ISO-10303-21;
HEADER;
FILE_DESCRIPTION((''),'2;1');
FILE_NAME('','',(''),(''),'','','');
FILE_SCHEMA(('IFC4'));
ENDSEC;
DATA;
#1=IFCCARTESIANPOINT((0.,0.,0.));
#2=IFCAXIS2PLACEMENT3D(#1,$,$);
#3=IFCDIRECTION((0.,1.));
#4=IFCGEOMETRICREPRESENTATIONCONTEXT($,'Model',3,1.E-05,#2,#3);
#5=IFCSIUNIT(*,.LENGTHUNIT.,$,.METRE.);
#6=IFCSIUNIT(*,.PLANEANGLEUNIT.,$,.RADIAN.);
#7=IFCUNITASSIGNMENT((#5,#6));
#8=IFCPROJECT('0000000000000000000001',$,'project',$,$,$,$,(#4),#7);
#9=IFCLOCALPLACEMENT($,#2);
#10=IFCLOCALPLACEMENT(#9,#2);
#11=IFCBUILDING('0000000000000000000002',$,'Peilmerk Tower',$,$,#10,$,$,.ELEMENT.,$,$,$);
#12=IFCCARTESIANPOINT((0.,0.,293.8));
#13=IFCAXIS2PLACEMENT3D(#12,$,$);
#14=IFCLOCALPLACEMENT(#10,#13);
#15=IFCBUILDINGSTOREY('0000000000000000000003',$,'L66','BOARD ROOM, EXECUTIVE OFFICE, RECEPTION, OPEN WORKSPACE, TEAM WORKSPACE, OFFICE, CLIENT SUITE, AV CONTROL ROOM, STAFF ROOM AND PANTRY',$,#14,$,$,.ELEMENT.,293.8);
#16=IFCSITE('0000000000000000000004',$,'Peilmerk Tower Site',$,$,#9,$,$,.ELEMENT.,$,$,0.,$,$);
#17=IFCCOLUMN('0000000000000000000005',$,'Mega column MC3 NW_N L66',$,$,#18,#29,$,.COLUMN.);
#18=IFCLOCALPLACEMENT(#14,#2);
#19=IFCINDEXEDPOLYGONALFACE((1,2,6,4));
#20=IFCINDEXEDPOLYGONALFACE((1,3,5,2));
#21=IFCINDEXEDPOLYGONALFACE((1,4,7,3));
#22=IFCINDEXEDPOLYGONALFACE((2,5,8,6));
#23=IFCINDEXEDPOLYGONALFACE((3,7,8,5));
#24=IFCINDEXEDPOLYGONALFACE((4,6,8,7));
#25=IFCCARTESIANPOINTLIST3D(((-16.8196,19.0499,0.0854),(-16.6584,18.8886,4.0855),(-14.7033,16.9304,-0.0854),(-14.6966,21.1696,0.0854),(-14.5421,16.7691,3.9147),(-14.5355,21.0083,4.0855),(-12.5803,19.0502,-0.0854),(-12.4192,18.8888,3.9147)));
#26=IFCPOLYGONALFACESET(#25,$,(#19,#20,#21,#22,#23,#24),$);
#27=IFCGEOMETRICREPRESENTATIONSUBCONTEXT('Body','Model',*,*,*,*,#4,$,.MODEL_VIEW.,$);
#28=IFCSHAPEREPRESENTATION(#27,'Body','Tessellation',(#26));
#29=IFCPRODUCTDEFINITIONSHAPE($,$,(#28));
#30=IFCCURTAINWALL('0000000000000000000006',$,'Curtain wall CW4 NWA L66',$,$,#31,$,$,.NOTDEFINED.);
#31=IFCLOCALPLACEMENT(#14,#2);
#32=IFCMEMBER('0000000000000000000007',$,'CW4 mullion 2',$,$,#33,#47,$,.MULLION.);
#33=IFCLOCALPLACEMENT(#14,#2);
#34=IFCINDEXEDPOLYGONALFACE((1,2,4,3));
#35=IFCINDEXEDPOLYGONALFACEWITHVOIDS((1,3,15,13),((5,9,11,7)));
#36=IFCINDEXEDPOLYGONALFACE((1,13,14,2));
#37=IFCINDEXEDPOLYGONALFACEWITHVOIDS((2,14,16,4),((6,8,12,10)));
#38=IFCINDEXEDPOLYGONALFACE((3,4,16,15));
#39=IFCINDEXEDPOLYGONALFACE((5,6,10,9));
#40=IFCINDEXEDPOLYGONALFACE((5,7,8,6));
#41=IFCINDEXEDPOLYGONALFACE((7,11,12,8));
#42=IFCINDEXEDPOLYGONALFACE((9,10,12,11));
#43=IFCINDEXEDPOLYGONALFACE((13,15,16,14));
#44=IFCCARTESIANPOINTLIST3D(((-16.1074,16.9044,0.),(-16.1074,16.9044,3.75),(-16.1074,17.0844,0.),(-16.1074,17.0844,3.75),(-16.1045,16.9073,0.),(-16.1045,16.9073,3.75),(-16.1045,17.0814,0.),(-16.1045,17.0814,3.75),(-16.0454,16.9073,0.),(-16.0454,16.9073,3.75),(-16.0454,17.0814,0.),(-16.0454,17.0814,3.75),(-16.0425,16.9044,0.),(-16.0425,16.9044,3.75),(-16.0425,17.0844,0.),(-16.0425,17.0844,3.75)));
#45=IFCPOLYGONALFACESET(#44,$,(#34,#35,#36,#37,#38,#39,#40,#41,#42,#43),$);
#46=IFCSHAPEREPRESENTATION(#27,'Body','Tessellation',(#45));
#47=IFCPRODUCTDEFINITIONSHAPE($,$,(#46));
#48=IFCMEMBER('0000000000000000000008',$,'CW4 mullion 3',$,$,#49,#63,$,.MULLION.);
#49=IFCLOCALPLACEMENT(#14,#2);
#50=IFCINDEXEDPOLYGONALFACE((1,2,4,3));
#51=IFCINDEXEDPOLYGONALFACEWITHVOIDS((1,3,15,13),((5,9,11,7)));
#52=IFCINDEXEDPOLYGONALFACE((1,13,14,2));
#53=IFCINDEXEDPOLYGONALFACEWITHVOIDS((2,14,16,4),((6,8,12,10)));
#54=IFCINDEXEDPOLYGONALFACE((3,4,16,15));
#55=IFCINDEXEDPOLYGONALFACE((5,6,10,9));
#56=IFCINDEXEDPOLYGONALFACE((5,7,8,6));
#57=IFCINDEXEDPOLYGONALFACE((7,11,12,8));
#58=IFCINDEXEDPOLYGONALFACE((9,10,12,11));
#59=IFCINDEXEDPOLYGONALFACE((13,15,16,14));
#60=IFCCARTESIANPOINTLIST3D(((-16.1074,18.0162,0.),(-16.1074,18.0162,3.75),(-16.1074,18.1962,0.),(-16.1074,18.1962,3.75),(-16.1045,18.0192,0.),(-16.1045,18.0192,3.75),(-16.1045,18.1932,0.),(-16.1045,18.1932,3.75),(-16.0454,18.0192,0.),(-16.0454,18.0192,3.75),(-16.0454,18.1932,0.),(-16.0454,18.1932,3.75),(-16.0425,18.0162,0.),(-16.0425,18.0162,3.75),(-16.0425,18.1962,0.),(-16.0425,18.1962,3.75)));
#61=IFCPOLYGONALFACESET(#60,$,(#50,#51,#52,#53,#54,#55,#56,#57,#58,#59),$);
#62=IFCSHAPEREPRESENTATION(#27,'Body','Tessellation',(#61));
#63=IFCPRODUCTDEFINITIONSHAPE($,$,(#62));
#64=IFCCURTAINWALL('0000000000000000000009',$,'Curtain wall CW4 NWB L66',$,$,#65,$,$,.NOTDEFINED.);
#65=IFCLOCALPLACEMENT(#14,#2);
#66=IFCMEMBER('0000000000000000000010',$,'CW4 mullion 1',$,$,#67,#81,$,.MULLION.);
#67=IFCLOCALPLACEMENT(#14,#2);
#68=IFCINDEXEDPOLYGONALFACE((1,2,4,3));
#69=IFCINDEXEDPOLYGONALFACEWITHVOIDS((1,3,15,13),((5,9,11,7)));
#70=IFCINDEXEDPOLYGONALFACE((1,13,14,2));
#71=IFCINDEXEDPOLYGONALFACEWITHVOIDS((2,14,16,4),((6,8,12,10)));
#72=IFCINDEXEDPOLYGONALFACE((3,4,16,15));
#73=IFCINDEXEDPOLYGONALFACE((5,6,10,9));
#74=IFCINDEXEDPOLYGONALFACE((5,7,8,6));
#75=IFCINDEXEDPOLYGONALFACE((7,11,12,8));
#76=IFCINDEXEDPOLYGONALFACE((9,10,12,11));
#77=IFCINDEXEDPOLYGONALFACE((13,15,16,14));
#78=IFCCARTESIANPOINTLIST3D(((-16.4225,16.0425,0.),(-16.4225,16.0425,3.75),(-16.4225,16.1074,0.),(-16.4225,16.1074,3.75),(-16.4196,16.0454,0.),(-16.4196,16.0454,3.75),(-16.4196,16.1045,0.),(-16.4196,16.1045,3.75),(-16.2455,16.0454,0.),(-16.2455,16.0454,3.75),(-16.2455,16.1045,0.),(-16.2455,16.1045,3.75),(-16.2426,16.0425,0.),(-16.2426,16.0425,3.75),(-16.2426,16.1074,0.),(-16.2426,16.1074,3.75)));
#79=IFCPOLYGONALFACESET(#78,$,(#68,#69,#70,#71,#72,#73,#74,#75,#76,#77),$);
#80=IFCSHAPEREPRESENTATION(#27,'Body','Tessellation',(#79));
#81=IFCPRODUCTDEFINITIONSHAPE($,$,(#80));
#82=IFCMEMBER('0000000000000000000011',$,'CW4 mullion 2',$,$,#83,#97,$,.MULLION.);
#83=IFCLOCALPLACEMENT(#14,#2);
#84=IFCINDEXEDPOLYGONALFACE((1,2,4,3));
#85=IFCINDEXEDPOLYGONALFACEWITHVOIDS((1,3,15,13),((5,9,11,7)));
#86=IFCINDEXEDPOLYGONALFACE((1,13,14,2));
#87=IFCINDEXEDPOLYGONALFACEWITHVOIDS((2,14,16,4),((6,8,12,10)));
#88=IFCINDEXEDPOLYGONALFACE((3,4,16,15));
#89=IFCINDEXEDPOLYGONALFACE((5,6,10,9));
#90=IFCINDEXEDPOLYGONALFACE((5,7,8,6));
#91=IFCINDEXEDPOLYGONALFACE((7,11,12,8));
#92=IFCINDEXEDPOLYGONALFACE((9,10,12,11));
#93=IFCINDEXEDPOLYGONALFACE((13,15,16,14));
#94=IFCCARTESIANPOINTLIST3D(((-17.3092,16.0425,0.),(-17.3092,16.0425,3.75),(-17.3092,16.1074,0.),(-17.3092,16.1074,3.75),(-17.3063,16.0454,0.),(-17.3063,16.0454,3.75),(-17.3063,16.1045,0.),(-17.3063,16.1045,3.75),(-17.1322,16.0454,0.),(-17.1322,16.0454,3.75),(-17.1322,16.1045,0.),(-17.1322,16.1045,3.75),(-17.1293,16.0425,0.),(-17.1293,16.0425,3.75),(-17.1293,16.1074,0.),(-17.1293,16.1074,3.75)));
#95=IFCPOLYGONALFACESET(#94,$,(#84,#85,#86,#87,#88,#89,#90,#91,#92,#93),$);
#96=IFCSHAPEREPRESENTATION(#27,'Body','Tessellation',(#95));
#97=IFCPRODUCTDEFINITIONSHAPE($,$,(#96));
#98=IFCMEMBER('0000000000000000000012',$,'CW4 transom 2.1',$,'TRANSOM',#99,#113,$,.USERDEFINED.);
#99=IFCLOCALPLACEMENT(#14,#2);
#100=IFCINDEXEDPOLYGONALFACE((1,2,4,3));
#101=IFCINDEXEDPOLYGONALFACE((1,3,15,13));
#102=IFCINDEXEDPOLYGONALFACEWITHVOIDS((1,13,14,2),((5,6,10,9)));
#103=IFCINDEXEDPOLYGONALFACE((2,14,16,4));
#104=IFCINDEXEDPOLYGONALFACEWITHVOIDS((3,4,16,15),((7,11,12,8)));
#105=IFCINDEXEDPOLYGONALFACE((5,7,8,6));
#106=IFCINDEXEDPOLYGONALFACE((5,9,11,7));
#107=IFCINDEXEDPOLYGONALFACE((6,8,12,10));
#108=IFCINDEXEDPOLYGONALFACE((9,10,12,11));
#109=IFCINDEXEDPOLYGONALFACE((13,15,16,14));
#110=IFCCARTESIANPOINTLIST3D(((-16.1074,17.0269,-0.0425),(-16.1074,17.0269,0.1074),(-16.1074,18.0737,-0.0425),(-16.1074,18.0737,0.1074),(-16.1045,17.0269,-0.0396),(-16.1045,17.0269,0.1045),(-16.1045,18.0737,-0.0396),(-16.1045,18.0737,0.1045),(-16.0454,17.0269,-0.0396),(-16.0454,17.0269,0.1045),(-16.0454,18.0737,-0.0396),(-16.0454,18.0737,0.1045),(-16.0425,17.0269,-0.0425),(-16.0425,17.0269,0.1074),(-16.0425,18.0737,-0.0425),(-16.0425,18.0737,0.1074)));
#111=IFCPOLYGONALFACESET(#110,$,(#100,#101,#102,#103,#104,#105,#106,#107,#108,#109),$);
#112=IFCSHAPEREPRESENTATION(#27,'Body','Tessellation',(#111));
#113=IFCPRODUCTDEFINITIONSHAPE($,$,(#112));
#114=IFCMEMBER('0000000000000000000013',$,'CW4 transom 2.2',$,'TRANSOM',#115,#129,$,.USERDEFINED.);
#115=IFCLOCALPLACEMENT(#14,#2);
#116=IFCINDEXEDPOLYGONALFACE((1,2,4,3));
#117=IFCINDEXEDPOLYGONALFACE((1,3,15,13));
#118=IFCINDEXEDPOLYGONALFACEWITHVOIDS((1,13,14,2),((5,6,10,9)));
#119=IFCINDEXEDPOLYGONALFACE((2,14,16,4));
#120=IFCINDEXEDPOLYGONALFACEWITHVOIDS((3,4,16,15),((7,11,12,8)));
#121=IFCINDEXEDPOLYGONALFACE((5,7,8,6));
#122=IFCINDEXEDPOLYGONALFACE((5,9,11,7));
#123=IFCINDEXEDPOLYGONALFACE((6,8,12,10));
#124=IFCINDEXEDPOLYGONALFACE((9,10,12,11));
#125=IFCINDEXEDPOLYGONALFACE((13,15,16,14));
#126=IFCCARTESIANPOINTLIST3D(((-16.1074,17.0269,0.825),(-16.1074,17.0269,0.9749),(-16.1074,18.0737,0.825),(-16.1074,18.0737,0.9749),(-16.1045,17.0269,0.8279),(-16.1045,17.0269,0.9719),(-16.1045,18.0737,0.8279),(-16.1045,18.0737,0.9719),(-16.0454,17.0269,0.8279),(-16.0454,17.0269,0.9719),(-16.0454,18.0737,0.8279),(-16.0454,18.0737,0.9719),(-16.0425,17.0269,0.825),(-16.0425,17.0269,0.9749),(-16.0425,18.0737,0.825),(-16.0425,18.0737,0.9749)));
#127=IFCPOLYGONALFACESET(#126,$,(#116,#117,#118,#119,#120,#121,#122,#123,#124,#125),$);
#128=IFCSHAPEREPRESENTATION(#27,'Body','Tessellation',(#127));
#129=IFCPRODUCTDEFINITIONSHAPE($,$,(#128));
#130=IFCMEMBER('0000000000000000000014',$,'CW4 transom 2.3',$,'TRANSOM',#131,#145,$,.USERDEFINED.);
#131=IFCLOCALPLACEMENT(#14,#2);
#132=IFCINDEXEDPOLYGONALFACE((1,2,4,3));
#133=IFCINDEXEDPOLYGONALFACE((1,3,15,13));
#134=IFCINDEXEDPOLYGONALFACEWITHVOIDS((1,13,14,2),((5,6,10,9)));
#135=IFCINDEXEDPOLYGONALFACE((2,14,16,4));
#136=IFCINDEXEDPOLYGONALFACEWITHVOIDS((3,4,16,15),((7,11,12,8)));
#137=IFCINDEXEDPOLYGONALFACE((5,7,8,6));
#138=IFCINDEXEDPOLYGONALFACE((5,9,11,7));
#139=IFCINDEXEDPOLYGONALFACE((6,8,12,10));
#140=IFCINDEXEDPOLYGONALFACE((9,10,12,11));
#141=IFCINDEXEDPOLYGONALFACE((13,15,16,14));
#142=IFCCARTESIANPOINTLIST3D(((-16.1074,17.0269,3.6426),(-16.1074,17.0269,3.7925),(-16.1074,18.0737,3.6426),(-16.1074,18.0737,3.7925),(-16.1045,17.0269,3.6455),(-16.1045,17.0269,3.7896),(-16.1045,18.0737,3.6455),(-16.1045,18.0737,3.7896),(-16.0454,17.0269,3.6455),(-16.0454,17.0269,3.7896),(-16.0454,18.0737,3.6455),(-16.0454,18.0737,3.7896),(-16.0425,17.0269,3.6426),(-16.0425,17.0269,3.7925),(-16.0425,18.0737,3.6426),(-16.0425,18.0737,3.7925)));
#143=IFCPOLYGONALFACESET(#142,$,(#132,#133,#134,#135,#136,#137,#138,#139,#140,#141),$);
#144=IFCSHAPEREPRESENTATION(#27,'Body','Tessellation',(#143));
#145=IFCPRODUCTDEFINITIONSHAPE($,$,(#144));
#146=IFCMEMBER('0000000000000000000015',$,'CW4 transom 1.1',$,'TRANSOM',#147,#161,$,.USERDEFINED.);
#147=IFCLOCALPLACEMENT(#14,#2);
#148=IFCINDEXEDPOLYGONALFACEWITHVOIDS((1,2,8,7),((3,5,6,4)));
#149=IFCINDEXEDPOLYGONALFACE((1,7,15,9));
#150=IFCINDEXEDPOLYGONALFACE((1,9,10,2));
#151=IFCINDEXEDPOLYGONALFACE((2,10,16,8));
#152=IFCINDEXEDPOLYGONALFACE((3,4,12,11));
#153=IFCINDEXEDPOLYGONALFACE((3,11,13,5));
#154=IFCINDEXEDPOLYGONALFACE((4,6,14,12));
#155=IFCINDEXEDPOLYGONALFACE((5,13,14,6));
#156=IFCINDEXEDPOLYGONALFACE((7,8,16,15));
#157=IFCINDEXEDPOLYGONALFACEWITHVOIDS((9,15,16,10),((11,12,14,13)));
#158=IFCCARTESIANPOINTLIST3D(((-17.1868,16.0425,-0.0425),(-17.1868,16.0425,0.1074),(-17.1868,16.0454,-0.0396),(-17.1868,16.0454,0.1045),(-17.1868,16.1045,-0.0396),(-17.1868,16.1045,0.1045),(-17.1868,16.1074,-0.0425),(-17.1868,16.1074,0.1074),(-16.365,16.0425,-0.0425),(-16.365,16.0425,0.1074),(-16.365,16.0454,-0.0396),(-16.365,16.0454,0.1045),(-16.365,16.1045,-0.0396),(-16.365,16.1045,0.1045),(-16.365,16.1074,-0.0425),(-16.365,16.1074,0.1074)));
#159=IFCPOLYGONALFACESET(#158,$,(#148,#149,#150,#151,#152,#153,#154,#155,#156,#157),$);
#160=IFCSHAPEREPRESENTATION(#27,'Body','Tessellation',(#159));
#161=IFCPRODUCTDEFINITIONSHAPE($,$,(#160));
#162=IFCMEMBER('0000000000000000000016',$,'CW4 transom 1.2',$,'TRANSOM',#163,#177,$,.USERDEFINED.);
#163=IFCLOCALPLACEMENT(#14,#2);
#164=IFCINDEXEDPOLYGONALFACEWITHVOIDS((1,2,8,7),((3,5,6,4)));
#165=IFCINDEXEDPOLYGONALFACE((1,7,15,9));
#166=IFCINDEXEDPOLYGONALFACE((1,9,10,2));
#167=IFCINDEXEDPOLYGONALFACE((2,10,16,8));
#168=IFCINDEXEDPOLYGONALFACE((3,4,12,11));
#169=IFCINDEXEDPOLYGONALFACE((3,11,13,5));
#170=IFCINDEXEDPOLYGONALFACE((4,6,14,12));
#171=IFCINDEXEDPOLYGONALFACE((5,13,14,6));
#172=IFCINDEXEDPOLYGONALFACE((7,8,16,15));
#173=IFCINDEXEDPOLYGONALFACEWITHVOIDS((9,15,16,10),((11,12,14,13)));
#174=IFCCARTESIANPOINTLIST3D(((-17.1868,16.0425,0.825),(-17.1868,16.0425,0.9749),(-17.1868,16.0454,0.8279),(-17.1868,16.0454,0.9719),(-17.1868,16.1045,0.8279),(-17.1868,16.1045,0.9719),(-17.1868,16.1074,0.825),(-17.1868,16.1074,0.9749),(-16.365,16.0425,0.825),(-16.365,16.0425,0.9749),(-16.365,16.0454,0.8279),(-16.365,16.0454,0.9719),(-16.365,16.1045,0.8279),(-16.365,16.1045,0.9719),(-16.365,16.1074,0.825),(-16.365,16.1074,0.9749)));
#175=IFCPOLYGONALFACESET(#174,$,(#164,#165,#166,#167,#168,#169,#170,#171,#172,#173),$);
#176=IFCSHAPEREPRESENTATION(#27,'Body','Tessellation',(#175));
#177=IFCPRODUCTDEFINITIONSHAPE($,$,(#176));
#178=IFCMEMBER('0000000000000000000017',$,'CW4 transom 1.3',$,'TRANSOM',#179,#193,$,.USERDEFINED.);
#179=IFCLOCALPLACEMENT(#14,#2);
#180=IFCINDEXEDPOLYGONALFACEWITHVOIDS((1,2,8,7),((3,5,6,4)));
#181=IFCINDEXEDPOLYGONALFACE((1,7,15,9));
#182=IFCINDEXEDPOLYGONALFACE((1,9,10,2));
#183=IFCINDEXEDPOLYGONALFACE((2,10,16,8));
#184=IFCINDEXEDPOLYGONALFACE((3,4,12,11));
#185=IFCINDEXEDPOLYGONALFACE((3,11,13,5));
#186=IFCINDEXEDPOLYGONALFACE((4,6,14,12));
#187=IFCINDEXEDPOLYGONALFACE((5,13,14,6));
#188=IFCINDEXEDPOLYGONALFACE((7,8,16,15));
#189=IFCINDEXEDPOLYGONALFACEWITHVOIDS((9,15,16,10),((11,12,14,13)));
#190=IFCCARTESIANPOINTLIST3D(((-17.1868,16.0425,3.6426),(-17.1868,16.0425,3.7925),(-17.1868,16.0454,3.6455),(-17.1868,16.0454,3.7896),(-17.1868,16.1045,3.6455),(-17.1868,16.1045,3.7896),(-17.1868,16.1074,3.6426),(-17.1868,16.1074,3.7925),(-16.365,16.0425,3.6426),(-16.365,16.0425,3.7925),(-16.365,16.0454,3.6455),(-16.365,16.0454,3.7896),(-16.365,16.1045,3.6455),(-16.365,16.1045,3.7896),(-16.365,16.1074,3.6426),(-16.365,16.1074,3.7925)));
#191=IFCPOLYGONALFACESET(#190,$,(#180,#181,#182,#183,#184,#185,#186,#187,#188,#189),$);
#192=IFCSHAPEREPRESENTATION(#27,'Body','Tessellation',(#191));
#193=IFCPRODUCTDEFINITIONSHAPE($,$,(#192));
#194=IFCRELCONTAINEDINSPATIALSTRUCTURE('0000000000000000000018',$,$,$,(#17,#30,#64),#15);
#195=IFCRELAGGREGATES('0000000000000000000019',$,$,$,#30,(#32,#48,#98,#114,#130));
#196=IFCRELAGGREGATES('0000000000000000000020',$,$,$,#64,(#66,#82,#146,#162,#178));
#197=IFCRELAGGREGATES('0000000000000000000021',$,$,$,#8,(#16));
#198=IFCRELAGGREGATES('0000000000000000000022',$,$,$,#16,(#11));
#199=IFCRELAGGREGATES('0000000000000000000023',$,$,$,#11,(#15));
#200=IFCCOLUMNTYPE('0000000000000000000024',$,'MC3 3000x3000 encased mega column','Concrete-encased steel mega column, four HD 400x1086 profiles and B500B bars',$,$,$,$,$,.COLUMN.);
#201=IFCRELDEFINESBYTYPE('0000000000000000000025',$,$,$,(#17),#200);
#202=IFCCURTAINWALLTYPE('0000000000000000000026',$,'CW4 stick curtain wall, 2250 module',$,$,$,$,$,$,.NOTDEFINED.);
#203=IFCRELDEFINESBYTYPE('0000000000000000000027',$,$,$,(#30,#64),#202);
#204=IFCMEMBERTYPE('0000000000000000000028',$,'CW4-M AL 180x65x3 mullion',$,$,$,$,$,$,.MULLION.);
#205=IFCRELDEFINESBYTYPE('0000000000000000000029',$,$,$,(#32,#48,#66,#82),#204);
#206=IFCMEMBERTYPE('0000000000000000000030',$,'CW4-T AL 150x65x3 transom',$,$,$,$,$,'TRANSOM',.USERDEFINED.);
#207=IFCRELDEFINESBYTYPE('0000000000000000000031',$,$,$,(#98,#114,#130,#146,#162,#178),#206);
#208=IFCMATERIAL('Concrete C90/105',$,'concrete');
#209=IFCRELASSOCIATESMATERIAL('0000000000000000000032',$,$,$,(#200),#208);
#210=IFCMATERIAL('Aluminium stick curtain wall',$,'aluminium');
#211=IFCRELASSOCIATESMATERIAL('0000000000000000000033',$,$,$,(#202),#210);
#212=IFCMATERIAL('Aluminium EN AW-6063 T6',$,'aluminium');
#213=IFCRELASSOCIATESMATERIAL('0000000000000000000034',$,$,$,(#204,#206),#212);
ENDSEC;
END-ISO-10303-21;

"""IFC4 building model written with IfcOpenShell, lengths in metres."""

from ifc_helpers import new_model, si_unit, direction, frame, origin, origin_2d, place, context, subcontext, project, spatial, rectangle, hollow_rectangle, extrude, material, material_profile, profile_set, type_object, element, aggregate, save


model = new_model("IFC4")

# Units and contexts
model_context = context("Model", 3, precision=1e-05, world=origin(), true_north=direction((0.0, 1.0)))
body_context = subcontext(model_context, "Body", "Model", "MODEL_VIEW")
ifc_project = project(units=[si_unit("LENGTHUNIT", "METRE"), si_unit("PLANEANGLEUNIT", "RADIAN")], contexts=[model_context])

# Site, building, storey
site_placement = place(None, origin())
site = spatial("IfcSite", under=ifc_project, at=site_placement, Name="Peilmerk Tower Site", CompositionType="ELEMENT", RefElevation=0.0)
building_placement = place(site_placement, origin())
building = spatial("IfcBuilding", under=site, at=building_placement, Name="Peilmerk Tower", CompositionType="ELEMENT")
storey_placement = place(building_placement, frame((0.0, 0.0, 293.8)))
storey = spatial("IfcBuildingStorey", under=building, at=storey_placement, Name="L66", Description="BOARD ROOM, EXECUTIVE OFFICE, RECEPTION, OPEN WORKSPACE, TEAM WORKSPACE, OFFICE, CLIENT SUITE, AV CONTROL ROOM, STAFF ROOM AND PANTRY", CompositionType="ELEMENT", Elevation=293.8)

# Column
ifc_material_1 = material(Name="Concrete C90/105", Category="concrete")
ifc_material_profile_1 = material_profile(ifc_material_1, rectangle(XDim=3.0, YDim=3.0, at=origin_2d()), Name="RC 3000x3000")
ifc_profile_set_1 = profile_set([ifc_material_profile_1], Name="Concrete C90/105")
column_type = type_object("IfcColumnType", Name="MC3 3000x3000 encased mega column", Description="Concrete-encased steel mega column, four HD 400x1086 profiles and B500B bars", PredefinedType="COLUMN", material=ifc_profile_set_1)
column_placement = place(storey_placement, frame((-14.7, 19.05, 0.0), z_axis=(0.040218, -0.040279, 0.998379), x_axis=(0.707642, 0.706571, 0.0)))
element("IfcColumn", 1, at=column_placement, inside=storey, type_object=column_type, Name="Mega column MC3 NW_N L66", PredefinedType="COLUMN", context=body_context, shape_type="SweptSolid", body=[
    extrude(rectangle(XDim=3.0, YDim=3.0, at=origin_2d()), origin(), (0.0, 0.0, 1.0), 4.0066),
])

# Curtain walls, members
ifc_material_2 = material(Name="Aluminium stick curtain wall", Category="aluminium")
curtain_wall_type = type_object("IfcCurtainWallType", Name="CW4 stick curtain wall, 2250 module", PredefinedType="NOTDEFINED", material=ifc_material_2)
curtain_wall_1_placement = place(storey_placement, origin())
curtain_wall_1 = element("IfcCurtainWall", 2, at=curtain_wall_1_placement, inside=storey, type_object=curtain_wall_type, Name="Curtain wall CW4 NWA L66", PredefinedType="NOTDEFINED")
ifc_material_3 = material(Name="Aluminium EN AW-6063 T6", Category="aluminium")
ifc_material_profile_2 = material_profile(ifc_material_3, hollow_rectangle(XDim=0.0649, YDim=0.1799, WallThickness=0.0029, at=origin_2d()), Name="AL 180x65x3")
ifc_profile_set_2 = profile_set([ifc_material_profile_2], Name="Aluminium EN AW-6063 T6")
member_type_1 = type_object("IfcMemberType", Name="CW4-M AL 180x65x3 mullion", PredefinedType="MULLION", material=ifc_profile_set_2)
member_1_placement = place(storey_placement, frame((-16.075, 16.9944, 0.0), z_axis=(0.0, 0.0, 1.0), x_axis=(-1.0, 0.0, 0.0)))
member_1 = element("IfcMember", 3, at=member_1_placement, type_object=member_type_1, Name="CW4 mullion 2", PredefinedType="MULLION", context=body_context, shape_type="SweptSolid", body=[
    extrude(hollow_rectangle(XDim=0.0649, YDim=0.1799, WallThickness=0.0029, at=origin_2d()), origin(), (0.0, 0.0, 1.0), 3.75),
])
member_2_placement = place(storey_placement, frame((-16.075, 18.1062, 0.0), z_axis=(0.0, 0.0, 1.0), x_axis=(-1.0, 0.0, 0.0)))
member_2 = element("IfcMember", 4, at=member_2_placement, type_object=member_type_1, Name="CW4 mullion 3", PredefinedType="MULLION", context=body_context, shape_type="SweptSolid", body=[
    extrude(hollow_rectangle(XDim=0.0649, YDim=0.1799, WallThickness=0.0029, at=origin_2d()), origin(), (0.0, 0.0, 1.0), 3.75),
])
curtain_wall_2_placement = place(storey_placement, origin())
curtain_wall_2 = element("IfcCurtainWall", 5, at=curtain_wall_2_placement, inside=storey, type_object=curtain_wall_type, Name="Curtain wall CW4 NWB L66", PredefinedType="NOTDEFINED")
member_3_placement = place(storey_placement, frame((-16.3325, 16.075, 0.0), z_axis=(0.0, 0.0, 1.0), x_axis=(0.0, -1.0, 0.0)))
member_3 = element("IfcMember", 6, at=member_3_placement, type_object=member_type_1, Name="CW4 mullion 1", PredefinedType="MULLION", context=body_context, shape_type="SweptSolid", body=[
    extrude(hollow_rectangle(XDim=0.0649, YDim=0.1799, WallThickness=0.0029, at=origin_2d()), origin(), (0.0, 0.0, 1.0), 3.75),
])
member_4_placement = place(storey_placement, frame((-17.2192, 16.075, 0.0), z_axis=(0.0, 0.0, 1.0), x_axis=(0.0, -1.0, 0.0)))
member_4 = element("IfcMember", 7, at=member_4_placement, type_object=member_type_1, Name="CW4 mullion 2", PredefinedType="MULLION", context=body_context, shape_type="SweptSolid", body=[
    extrude(hollow_rectangle(XDim=0.0649, YDim=0.1799, WallThickness=0.0029, at=origin_2d()), origin(), (0.0, 0.0, 1.0), 3.75),
])

# Members
ifc_material_profile_3 = material_profile(ifc_material_3, hollow_rectangle(XDim=0.0649, YDim=0.1499, WallThickness=0.0029, at=origin_2d()), Name="AL 150x65x3")
ifc_profile_set_3 = profile_set([ifc_material_profile_3], Name="Aluminium EN AW-6063 T6")
member_type_2 = type_object("IfcMemberType", Name="CW4-T AL 150x65x3 transom", ElementType="TRANSOM", PredefinedType="USERDEFINED", material=ifc_profile_set_3)
member_5_placement = place(storey_placement, frame((-16.075, 17.0269, 0.0325), z_axis=(0.0, 1.0, 0.0), x_axis=(-1.0, 0.0, 0.0)))
member_5 = element("IfcMember", 8, at=member_5_placement, type_object=member_type_2, Name="CW4 transom 2.1", ObjectType="TRANSOM", PredefinedType="USERDEFINED", context=body_context, shape_type="SweptSolid", body=[
    extrude(hollow_rectangle(XDim=0.0649, YDim=0.1499, WallThickness=0.0029, at=origin_2d()), origin(), (0.0, 0.0, 1.0), 1.0469),
])
member_6_placement = place(storey_placement, frame((-16.075, 17.0269, 0.8999), z_axis=(0.0, 1.0, 0.0), x_axis=(-1.0, 0.0, 0.0)))
member_6 = element("IfcMember", 9, at=member_6_placement, type_object=member_type_2, Name="CW4 transom 2.2", ObjectType="TRANSOM", PredefinedType="USERDEFINED", context=body_context, shape_type="SweptSolid", body=[
    extrude(hollow_rectangle(XDim=0.0649, YDim=0.1499, WallThickness=0.0029, at=origin_2d()), origin(), (0.0, 0.0, 1.0), 1.0469),
])
member_7_placement = place(storey_placement, frame((-16.075, 17.0269, 3.7175), z_axis=(0.0, 1.0, 0.0), x_axis=(-1.0, 0.0, 0.0)))
member_7 = element("IfcMember", 10, at=member_7_placement, type_object=member_type_2, Name="CW4 transom 2.3", ObjectType="TRANSOM", PredefinedType="USERDEFINED", context=body_context, shape_type="SweptSolid", body=[
    extrude(hollow_rectangle(XDim=0.0649, YDim=0.1499, WallThickness=0.0029, at=origin_2d()), origin(), (0.0, 0.0, 1.0), 1.0469),
])
member_8_placement = place(storey_placement, frame((-16.365, 16.075, 0.0325), z_axis=(-1.0, 0.0, 0.0), x_axis=(0.0, -1.0, 0.0)))
member_8 = element("IfcMember", 11, at=member_8_placement, type_object=member_type_2, Name="CW4 transom 1.1", ObjectType="TRANSOM", PredefinedType="USERDEFINED", context=body_context, shape_type="SweptSolid", body=[
    extrude(hollow_rectangle(XDim=0.0649, YDim=0.1499, WallThickness=0.0029, at=origin_2d()), origin(), (0.0, 0.0, 1.0), 0.8218),
])
member_9_placement = place(storey_placement, frame((-16.365, 16.075, 0.8999), z_axis=(-1.0, 0.0, 0.0), x_axis=(0.0, -1.0, 0.0)))
member_9 = element("IfcMember", 12, at=member_9_placement, type_object=member_type_2, Name="CW4 transom 1.2", ObjectType="TRANSOM", PredefinedType="USERDEFINED", context=body_context, shape_type="SweptSolid", body=[
    extrude(hollow_rectangle(XDim=0.0649, YDim=0.1499, WallThickness=0.0029, at=origin_2d()), origin(), (0.0, 0.0, 1.0), 0.8218),
])
member_10_placement = place(storey_placement, frame((-16.365, 16.075, 3.7175), z_axis=(-1.0, 0.0, 0.0), x_axis=(0.0, -1.0, 0.0)))
member_10 = element("IfcMember", 13, at=member_10_placement, type_object=member_type_2, Name="CW4 transom 1.3", ObjectType="TRANSOM", PredefinedType="USERDEFINED", context=body_context, shape_type="SweptSolid", body=[
    extrude(hollow_rectangle(XDim=0.0649, YDim=0.1499, WallThickness=0.0029, at=origin_2d()), origin(), (0.0, 0.0, 1.0), 0.8218),
])

aggregate(curtain_wall_1, [member_1, member_2, member_5, member_6, member_7])
aggregate(curtain_wall_2, [member_3, member_4, member_8, member_9, member_10])

save(model, "model.ifc")
